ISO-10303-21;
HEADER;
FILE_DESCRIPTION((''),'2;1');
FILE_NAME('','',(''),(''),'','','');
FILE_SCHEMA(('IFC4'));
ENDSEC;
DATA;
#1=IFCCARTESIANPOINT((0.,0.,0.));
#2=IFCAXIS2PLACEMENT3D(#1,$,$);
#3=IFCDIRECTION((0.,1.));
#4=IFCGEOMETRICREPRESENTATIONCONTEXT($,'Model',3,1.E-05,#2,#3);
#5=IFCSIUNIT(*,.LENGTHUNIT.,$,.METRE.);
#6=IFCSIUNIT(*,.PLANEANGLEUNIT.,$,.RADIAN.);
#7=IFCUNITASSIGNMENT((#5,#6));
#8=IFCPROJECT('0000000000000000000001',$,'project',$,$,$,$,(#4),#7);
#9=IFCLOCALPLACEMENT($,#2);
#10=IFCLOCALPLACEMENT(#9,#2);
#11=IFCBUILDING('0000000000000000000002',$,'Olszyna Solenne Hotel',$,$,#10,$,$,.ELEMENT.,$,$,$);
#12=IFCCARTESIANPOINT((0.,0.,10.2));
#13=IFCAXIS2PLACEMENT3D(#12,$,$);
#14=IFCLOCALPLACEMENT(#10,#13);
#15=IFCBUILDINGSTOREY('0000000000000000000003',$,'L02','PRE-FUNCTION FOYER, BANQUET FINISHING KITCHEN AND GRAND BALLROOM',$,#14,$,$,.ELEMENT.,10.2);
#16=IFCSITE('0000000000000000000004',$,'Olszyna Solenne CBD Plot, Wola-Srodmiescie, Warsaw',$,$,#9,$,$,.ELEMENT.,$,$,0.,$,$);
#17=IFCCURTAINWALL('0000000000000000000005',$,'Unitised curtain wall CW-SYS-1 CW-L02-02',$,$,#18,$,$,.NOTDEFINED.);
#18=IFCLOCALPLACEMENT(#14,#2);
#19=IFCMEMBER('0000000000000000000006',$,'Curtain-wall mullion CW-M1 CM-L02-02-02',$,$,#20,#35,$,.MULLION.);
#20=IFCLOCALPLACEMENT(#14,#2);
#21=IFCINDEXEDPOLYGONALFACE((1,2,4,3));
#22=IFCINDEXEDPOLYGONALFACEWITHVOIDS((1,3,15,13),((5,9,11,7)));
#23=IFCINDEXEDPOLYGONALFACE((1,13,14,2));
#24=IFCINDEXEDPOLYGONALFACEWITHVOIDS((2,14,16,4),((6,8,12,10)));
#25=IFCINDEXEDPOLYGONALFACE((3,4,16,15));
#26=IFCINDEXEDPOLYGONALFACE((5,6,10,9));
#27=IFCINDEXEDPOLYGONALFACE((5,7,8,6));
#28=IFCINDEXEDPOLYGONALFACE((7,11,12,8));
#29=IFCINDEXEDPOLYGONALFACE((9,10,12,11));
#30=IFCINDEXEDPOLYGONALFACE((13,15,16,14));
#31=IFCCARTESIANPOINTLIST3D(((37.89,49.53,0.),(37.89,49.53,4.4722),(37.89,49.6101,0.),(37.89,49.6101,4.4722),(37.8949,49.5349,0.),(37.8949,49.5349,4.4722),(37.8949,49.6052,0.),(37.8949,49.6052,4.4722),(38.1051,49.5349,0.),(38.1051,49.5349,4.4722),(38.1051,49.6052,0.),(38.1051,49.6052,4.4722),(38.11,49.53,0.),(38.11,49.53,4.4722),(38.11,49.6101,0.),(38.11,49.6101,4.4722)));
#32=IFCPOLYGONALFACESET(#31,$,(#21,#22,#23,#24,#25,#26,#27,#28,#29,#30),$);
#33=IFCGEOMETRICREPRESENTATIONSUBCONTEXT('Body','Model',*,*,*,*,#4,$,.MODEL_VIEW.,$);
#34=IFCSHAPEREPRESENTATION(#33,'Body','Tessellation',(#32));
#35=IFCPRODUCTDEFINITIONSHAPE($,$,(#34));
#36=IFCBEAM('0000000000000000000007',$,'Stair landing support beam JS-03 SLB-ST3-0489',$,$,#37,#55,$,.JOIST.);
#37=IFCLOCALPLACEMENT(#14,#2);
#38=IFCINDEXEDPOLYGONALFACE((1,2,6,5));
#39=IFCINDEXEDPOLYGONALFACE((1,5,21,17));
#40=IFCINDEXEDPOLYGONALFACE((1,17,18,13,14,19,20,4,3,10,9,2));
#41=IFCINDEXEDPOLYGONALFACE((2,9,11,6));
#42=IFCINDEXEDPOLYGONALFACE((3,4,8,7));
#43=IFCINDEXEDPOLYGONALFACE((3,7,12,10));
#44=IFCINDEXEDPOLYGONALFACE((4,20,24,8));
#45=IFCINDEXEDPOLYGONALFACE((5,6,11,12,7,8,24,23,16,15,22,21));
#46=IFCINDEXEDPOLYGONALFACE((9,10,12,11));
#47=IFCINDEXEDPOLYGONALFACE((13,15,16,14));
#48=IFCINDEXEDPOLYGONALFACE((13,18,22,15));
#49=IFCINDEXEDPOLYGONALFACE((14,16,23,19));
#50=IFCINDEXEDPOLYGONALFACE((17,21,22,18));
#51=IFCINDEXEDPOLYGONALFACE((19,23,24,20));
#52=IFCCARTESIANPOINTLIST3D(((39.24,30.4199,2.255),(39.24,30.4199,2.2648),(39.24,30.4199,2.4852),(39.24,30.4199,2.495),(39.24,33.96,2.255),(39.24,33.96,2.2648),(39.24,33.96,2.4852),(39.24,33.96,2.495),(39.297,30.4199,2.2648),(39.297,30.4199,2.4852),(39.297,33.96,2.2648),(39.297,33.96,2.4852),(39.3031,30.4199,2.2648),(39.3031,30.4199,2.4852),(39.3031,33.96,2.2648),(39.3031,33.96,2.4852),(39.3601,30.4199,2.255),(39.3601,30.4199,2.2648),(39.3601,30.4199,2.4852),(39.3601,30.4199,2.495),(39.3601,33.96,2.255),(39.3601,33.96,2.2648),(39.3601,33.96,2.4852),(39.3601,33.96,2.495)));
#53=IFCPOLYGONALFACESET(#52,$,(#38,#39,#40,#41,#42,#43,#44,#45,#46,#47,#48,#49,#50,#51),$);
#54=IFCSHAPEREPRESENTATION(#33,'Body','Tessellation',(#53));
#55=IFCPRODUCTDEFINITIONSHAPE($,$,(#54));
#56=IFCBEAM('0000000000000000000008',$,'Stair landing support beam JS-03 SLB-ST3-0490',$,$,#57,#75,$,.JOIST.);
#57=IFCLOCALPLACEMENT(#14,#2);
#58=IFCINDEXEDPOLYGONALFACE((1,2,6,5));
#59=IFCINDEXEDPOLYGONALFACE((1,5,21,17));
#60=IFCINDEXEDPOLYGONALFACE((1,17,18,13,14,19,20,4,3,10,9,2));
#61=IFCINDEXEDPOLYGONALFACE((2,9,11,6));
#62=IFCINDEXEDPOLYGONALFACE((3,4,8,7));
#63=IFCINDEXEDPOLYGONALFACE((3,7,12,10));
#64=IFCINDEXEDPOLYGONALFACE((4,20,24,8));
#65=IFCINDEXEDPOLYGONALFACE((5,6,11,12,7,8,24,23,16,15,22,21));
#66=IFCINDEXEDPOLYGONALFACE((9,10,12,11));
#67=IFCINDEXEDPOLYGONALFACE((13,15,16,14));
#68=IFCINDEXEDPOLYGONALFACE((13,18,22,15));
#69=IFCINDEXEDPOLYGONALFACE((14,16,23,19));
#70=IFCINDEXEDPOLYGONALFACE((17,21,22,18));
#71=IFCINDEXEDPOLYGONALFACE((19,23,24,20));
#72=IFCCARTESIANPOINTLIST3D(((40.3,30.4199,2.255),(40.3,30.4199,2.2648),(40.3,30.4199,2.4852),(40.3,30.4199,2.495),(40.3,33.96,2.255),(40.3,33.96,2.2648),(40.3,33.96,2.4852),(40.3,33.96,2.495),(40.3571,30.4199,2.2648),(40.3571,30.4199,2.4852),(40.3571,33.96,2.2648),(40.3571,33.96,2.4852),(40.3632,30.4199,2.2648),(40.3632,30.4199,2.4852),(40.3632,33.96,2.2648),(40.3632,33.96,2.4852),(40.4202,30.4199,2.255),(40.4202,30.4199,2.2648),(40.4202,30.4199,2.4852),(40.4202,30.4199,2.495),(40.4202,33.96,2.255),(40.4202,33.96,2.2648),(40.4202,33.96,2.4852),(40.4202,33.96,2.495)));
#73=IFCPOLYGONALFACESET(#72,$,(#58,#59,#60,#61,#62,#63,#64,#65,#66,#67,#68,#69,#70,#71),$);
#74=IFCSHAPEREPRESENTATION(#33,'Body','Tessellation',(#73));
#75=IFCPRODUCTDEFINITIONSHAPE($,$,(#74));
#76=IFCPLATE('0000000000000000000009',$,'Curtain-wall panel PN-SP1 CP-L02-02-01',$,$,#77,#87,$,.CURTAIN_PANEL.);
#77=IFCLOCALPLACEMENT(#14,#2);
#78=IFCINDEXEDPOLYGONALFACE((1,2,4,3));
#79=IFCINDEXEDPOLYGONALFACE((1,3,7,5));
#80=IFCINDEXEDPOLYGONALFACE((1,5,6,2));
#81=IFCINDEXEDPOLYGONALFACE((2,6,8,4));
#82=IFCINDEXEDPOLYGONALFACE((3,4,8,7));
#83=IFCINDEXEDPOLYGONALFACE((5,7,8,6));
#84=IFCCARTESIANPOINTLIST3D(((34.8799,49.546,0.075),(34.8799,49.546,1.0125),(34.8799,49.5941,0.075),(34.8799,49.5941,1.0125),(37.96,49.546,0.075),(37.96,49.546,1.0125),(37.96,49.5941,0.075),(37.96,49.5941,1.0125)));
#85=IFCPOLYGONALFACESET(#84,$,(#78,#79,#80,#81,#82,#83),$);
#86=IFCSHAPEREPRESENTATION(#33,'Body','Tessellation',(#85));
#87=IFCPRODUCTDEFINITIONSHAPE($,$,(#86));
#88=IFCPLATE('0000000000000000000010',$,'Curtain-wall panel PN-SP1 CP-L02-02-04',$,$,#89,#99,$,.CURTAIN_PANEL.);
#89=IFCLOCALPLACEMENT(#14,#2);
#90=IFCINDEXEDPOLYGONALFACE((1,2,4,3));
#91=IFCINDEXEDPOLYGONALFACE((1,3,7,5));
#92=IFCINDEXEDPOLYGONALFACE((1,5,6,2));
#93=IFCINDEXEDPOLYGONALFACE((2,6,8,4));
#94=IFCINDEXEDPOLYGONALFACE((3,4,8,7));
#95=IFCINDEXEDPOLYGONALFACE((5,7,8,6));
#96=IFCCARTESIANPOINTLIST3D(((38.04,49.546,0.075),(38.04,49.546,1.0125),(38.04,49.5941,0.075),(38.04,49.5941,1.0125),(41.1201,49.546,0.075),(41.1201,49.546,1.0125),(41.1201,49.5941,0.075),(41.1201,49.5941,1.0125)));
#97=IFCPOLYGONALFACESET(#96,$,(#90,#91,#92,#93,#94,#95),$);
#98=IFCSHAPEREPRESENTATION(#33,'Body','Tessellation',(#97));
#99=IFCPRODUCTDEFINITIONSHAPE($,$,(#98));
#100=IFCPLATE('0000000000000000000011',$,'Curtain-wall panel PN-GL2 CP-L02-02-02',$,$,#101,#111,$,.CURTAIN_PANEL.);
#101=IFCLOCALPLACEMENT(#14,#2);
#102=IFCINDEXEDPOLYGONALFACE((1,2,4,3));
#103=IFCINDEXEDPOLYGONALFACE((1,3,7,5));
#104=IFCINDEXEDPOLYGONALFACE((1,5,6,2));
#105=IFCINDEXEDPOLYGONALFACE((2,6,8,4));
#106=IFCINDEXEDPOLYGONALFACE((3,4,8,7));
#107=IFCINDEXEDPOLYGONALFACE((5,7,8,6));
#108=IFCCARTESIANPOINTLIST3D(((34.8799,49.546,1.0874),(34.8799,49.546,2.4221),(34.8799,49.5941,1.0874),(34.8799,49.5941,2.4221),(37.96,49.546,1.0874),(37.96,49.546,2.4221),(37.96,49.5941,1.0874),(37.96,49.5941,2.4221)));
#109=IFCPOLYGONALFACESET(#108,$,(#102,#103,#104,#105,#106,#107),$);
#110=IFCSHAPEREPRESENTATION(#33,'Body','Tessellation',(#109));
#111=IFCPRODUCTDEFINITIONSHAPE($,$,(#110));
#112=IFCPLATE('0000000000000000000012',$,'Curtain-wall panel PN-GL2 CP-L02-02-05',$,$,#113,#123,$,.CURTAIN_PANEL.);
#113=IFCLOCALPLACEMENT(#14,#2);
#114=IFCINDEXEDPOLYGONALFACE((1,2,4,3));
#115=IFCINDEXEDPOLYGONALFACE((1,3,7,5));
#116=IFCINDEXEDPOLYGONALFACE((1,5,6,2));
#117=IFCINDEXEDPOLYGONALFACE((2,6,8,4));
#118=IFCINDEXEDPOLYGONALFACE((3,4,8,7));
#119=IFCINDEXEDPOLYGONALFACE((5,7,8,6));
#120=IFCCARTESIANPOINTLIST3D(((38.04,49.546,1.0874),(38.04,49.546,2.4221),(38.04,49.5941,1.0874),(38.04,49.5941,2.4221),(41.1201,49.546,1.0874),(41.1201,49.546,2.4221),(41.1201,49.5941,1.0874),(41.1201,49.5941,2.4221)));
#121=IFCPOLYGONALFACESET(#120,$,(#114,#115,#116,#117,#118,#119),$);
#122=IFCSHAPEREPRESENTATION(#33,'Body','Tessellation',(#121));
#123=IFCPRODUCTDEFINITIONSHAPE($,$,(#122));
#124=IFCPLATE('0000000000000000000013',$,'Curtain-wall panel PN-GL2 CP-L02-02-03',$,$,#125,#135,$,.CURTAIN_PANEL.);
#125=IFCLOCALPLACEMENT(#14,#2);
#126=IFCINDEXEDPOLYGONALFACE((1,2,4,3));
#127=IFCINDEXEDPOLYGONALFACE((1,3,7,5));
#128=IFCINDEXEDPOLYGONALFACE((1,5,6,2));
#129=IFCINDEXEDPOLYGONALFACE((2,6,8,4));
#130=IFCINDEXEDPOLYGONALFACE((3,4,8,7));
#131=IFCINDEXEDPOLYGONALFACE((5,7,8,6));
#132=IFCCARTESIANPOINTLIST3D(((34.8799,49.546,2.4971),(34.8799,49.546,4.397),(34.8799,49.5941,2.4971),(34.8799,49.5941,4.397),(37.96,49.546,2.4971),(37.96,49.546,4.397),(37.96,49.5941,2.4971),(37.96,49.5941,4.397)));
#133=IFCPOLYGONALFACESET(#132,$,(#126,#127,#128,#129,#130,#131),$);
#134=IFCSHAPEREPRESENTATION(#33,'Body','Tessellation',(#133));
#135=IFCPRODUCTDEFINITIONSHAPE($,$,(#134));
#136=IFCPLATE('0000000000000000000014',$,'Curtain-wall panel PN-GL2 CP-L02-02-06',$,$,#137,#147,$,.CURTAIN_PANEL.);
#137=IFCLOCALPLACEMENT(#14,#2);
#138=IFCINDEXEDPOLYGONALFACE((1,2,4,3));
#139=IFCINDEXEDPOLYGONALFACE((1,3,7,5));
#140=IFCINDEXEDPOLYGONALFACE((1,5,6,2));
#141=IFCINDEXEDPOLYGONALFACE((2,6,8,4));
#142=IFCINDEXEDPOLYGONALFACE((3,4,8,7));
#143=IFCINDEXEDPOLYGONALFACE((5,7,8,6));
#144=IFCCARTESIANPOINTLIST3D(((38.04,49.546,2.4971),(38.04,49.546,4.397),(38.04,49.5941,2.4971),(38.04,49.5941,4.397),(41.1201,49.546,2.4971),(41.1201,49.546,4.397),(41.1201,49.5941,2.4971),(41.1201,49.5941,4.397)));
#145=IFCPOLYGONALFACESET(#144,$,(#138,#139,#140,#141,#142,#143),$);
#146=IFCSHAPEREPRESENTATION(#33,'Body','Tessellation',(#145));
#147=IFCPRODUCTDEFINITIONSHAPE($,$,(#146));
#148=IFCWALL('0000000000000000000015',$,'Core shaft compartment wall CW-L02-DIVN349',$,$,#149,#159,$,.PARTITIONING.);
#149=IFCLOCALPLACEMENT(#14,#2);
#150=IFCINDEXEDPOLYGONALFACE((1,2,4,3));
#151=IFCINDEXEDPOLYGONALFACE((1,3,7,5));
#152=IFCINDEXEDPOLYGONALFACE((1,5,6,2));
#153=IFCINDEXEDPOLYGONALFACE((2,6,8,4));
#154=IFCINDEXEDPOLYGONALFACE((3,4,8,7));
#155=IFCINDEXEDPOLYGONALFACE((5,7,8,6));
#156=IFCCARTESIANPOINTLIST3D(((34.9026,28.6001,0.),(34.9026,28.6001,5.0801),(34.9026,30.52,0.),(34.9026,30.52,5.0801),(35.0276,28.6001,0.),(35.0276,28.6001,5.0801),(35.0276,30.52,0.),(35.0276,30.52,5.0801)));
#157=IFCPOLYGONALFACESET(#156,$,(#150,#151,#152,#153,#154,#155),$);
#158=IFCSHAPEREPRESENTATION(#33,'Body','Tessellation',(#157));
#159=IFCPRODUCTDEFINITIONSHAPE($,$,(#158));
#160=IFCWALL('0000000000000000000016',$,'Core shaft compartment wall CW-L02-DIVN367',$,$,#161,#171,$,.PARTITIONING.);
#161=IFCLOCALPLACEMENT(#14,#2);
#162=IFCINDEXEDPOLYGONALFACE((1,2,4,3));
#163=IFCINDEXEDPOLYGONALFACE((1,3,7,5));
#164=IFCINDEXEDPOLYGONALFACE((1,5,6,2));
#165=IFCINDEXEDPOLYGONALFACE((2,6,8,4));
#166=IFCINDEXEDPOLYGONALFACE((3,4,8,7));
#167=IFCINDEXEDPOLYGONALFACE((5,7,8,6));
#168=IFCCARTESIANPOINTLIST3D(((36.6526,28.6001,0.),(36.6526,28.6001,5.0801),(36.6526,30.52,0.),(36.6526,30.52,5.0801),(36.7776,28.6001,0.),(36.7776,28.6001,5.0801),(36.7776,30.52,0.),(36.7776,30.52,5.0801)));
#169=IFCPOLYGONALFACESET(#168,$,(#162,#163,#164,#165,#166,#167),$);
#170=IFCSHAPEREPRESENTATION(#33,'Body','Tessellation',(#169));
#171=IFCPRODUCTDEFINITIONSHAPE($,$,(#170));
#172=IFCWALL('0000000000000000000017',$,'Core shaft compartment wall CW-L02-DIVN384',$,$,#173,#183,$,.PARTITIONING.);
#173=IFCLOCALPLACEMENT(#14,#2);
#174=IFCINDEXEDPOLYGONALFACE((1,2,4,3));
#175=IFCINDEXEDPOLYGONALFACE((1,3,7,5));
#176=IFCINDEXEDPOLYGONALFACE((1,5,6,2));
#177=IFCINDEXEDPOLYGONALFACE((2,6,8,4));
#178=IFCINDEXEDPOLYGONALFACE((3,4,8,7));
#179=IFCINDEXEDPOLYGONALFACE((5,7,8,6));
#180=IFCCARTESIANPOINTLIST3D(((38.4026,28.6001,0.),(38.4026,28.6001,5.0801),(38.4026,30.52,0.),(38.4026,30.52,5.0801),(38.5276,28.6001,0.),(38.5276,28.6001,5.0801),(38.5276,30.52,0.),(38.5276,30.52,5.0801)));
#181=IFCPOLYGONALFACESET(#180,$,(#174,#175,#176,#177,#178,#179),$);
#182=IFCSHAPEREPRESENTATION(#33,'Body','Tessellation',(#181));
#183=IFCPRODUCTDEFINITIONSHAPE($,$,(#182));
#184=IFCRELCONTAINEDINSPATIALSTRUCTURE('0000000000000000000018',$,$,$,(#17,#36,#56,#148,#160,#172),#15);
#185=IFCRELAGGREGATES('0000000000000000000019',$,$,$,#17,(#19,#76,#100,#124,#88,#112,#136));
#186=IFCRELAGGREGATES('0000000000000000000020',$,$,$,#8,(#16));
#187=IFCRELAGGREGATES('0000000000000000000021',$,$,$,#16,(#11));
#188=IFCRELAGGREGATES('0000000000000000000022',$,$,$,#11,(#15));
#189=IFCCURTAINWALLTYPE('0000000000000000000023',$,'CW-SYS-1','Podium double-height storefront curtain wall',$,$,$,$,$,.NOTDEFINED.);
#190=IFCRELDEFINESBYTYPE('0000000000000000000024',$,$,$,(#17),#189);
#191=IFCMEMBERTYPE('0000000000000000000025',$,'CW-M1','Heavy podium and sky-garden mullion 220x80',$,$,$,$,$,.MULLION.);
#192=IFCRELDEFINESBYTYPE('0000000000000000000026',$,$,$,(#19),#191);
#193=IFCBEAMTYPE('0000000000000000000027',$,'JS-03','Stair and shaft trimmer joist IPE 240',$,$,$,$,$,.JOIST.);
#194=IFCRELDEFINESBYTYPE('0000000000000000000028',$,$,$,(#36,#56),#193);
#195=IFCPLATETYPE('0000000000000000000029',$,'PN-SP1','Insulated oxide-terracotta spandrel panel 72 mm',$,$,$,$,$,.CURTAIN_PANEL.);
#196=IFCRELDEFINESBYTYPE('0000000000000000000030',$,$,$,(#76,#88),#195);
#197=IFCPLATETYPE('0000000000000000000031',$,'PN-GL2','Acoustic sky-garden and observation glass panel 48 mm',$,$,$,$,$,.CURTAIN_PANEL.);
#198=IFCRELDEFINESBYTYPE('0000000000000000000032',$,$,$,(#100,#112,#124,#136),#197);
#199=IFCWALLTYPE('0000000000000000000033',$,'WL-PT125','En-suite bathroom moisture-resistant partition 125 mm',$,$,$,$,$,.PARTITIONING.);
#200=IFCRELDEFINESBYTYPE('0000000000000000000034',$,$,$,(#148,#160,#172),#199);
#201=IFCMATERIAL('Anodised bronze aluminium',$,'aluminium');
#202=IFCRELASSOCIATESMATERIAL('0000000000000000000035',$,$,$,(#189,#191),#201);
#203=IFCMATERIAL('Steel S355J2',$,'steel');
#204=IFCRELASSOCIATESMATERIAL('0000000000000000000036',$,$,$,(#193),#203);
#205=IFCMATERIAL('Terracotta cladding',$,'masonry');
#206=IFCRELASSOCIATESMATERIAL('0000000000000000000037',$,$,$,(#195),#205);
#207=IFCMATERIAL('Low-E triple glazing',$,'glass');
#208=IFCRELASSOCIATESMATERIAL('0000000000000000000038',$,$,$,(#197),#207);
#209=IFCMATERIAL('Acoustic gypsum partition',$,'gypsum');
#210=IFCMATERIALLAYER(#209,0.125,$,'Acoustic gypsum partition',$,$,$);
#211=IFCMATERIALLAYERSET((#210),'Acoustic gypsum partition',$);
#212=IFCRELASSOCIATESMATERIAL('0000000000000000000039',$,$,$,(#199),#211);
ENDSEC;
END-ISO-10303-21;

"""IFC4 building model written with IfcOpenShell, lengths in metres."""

from ifc_helpers import new_model, si_unit, direction, frame, frame_2d, origin, origin_2d, place, context, subcontext, project, spatial, rectangle, hollow_rectangle, i_section, extrude, source, transform, mapped, material, layer, layer_set, material_profile, profile_set, type_object, element, aggregate, save


model = new_model("IFC4")

# Units and contexts
model_context = context("Model", 3, precision=1e-05, world=origin(), true_north=direction((0.0, 1.0)))
body_context = subcontext(model_context, "Body", "Model", "MODEL_VIEW")
ifc_project = project(units=[si_unit("LENGTHUNIT", "METRE"), si_unit("PLANEANGLEUNIT", "RADIAN")], contexts=[model_context])

# Site, building, storey
site_placement = place(None, origin())
site = spatial("IfcSite", under=ifc_project, at=site_placement, Name="Olszyna Solenne CBD Plot, Wola-Srodmiescie, Warsaw", CompositionType="ELEMENT", RefElevation=0.0)
building_placement = place(site_placement, origin())
building = spatial("IfcBuilding", under=site, at=building_placement, Name="Olszyna Solenne Hotel", CompositionType="ELEMENT")
storey_placement = place(building_placement, frame((0.0, 0.0, 10.2)))
storey = spatial("IfcBuildingStorey", under=building, at=storey_placement, Name="L02", Description="PRE-FUNCTION FOYER, BANQUET FINISHING KITCHEN AND GRAND BALLROOM", CompositionType="ELEMENT", Elevation=10.2)

# Shared definitions
ifc_material_1 = material(Name="Steel S355J2", Category="steel")

# Curtain wall, member
ifc_material_2 = material(Name="Anodised bronze aluminium", Category="aluminium")
curtain_wall_type = type_object("IfcCurtainWallType", Name="CW-SYS-1", Description="Podium double-height storefront curtain wall", PredefinedType="NOTDEFINED", material=ifc_material_2)
curtain_wall_placement = place(storey_placement, origin())
curtain_wall = element("IfcCurtainWall", 1, at=curtain_wall_placement, inside=storey, type_object=curtain_wall_type, Name="Unitised curtain wall CW-SYS-1 CW-L02-02", PredefinedType="NOTDEFINED")
ifc_material_profile_1 = material_profile(ifc_material_2, hollow_rectangle(XDim=0.0801, YDim=0.22, WallThickness=0.0049, at=origin_2d()), Name="MULL 220x80x5", Category="load-bearing")
ifc_profile_set_1 = profile_set([ifc_material_profile_1], Name="Anodised bronze aluminium")
member_type_1 = type_object("IfcMemberType", Name="CW-M1", Description="Heavy podium and sky-garden mullion 220x80", PredefinedType="MULLION", material=ifc_profile_set_1)
shared_shape_1 = source(origin(), body_context, "Body", "SweptSolid", [
    extrude(hollow_rectangle(XDim=0.0801, YDim=0.22, WallThickness=0.0049, at=origin_2d()), origin(), (0.0, 0.0, 1.0), 4.4722),
])
member_1_placement = place(storey_placement, frame((38.0, 49.5701, 0.0), z_axis=(0.0, 0.0, 1.0), x_axis=(0.0, 1.0, 0.0)))
member_1 = element("IfcMember", 2, at=member_1_placement, type_object=member_type_1, Name="Curtain-wall mullion CW-M1 CM-L02-02-02", PredefinedType="MULLION", context=body_context, shape_type="MappedRepresentation", body=[
    mapped(shared_shape_1, transform((0.0, 0.0, 0.0), x_axis=(1.0, 0.0, 0.0), y_axis=(0.0, 1.0, 0.0), z_axis=(0.0, 0.0, 1.0), scale=1.0)),
])

# Beams
ifc_material_profile_2 = material_profile(ifc_material_1, i_section(OverallWidth=0.1201, OverallDepth=0.24, WebThickness=0.0061, FlangeThickness=0.0098, at=origin_2d()), Name="IPE 240", Category="load-bearing")
ifc_profile_set_2 = profile_set([ifc_material_profile_2], Name="Steel S355J2")
beam_type_1 = type_object("IfcBeamType", Name="JS-03", Description="Stair and shaft trimmer joist IPE 240", PredefinedType="JOIST", material=ifc_profile_set_2)
shared_shape_2 = source(origin(), body_context, "Body", "SweptSolid", [
    extrude(i_section(OverallWidth=0.1201, OverallDepth=0.24, WebThickness=0.0061, FlangeThickness=0.0098, at=origin_2d()), origin(), (0.0, 0.0, 1.0), 3.54),
])
for number, where, z_axis, x_axis, name in (
    (3, (39.3, 30.4199, 2.375), (0.0, 1.0, 0.0), (-1.0, 0.0, 0.0), "Stair landing support beam JS-03 SLB-ST3-0489"),
    (4, (40.3601, 30.4199, 2.375), (0.0, 1.0, 0.0), (-1.0, 0.0, 0.0), "Stair landing support beam JS-03 SLB-ST3-0490"),
):
    element("IfcBeam", number, at=place(storey_placement, frame(where, z_axis=z_axis, x_axis=x_axis)), inside=storey, type_object=beam_type_1, Name=name, PredefinedType="JOIST", context=body_context, shape_type="MappedRepresentation", body=[
        mapped(shared_shape_2, transform((0.0, 0.0, 0.0), x_axis=(1.0, 0.0, 0.0), y_axis=(0.0, 1.0, 0.0), z_axis=(0.0, 0.0, 1.0), scale=1.0)),
    ])

# Plates
ifc_material_3 = material(Name="Terracotta cladding", Category="masonry")
plate_type_1 = type_object("IfcPlateType", Name="PN-SP1", Description="Insulated oxide-terracotta spandrel panel 72 mm", PredefinedType="CURTAIN_PANEL", material=ifc_material_3)
shared_shape_3 = source(origin(), body_context, "Body", "SweptSolid", [
    extrude(rectangle(XDim=3.0801, YDim=0.0481, at=origin_2d()), origin(), (0.0, 0.0, 1.0), 0.9375),
])
plate_1_placement = place(storey_placement, frame((36.4199, 49.5701, 0.075), z_axis=(0.0, 0.0, 1.0), x_axis=(1.0, 0.0, 0.0)))
plate_1 = element("IfcPlate", 5, at=plate_1_placement, type_object=plate_type_1, Name="Curtain-wall panel PN-SP1 CP-L02-02-01", PredefinedType="CURTAIN_PANEL", context=body_context, shape_type="MappedRepresentation", body=[
    mapped(shared_shape_3, transform((0.0, 0.0, 0.0), x_axis=(1.0, 0.0, 0.0), y_axis=(0.0, 1.0, 0.0), z_axis=(0.0, 0.0, 1.0), scale=1.0)),
])
plate_2_placement = place(storey_placement, frame((39.5801, 49.5701, 0.075), z_axis=(0.0, 0.0, 1.0), x_axis=(1.0, 0.0, 0.0)))
plate_2 = element("IfcPlate", 6, at=plate_2_placement, type_object=plate_type_1, Name="Curtain-wall panel PN-SP1 CP-L02-02-04", PredefinedType="CURTAIN_PANEL", context=body_context, shape_type="MappedRepresentation", body=[
    mapped(shared_shape_3, transform((0.0, 0.0, 0.0), x_axis=(1.0, 0.0, 0.0), y_axis=(0.0, 1.0, 0.0), z_axis=(0.0, 0.0, 1.0), scale=1.0)),
])
ifc_material_4 = material(Name="Low-E triple glazing", Category="glass")
plate_type_2 = type_object("IfcPlateType", Name="PN-GL2", Description="Acoustic sky-garden and observation glass panel 48 mm", PredefinedType="CURTAIN_PANEL", material=ifc_material_4)
shared_shape_4 = source(origin(), body_context, "Body", "SweptSolid", [
    extrude(rectangle(XDim=3.0801, YDim=0.0481, at=origin_2d()), origin(), (0.0, 0.0, 1.0), 1.3347),
])
plate_3_placement = place(storey_placement, frame((36.4199, 49.5701, 1.0874), z_axis=(0.0, 0.0, 1.0), x_axis=(1.0, 0.0, 0.0)))
plate_3 = element("IfcPlate", 7, at=plate_3_placement, type_object=plate_type_2, Name="Curtain-wall panel PN-GL2 CP-L02-02-02", PredefinedType="CURTAIN_PANEL", context=body_context, shape_type="MappedRepresentation", body=[
    mapped(shared_shape_4, transform((0.0, 0.0, 0.0), x_axis=(1.0, 0.0, 0.0), y_axis=(0.0, 1.0, 0.0), z_axis=(0.0, 0.0, 1.0), scale=1.0)),
])
plate_4_placement = place(storey_placement, frame((39.5801, 49.5701, 1.0874), z_axis=(0.0, 0.0, 1.0), x_axis=(1.0, 0.0, 0.0)))
plate_4 = element("IfcPlate", 8, at=plate_4_placement, type_object=plate_type_2, Name="Curtain-wall panel PN-GL2 CP-L02-02-05", PredefinedType="CURTAIN_PANEL", context=body_context, shape_type="MappedRepresentation", body=[
    mapped(shared_shape_4, transform((0.0, 0.0, 0.0), x_axis=(1.0, 0.0, 0.0), y_axis=(0.0, 1.0, 0.0), z_axis=(0.0, 0.0, 1.0), scale=1.0)),
])
shared_shape_5 = source(origin(), body_context, "Body", "SweptSolid", [
    extrude(rectangle(XDim=3.0801, YDim=0.0481, at=origin_2d()), origin(), (0.0, 0.0, 1.0), 1.8999),
])
plate_5_placement = place(storey_placement, frame((36.4199, 49.5701, 2.4971), z_axis=(0.0, 0.0, 1.0), x_axis=(1.0, 0.0, 0.0)))
plate_5 = element("IfcPlate", 9, at=plate_5_placement, type_object=plate_type_2, Name="Curtain-wall panel PN-GL2 CP-L02-02-03", PredefinedType="CURTAIN_PANEL", context=body_context, shape_type="MappedRepresentation", body=[
    mapped(shared_shape_5, transform((0.0, 0.0, 0.0), x_axis=(1.0, 0.0, 0.0), y_axis=(0.0, 1.0, 0.0), z_axis=(0.0, 0.0, 1.0), scale=1.0)),
])
plate_6_placement = place(storey_placement, frame((39.5801, 49.5701, 2.4971), z_axis=(0.0, 0.0, 1.0), x_axis=(1.0, 0.0, 0.0)))
plate_6 = element("IfcPlate", 10, at=plate_6_placement, type_object=plate_type_2, Name="Curtain-wall panel PN-GL2 CP-L02-02-06", PredefinedType="CURTAIN_PANEL", context=body_context, shape_type="MappedRepresentation", body=[
    mapped(shared_shape_5, transform((0.0, 0.0, 0.0), x_axis=(1.0, 0.0, 0.0), y_axis=(0.0, 1.0, 0.0), z_axis=(0.0, 0.0, 1.0), scale=1.0)),
])
aggregate(curtain_wall, [member_1, plate_1, plate_3, plate_5, plate_2, plate_4, plate_6])

# Walls
ifc_material_5 = material(Name="Acoustic gypsum partition", Category="gypsum")
ifc_layer = layer(ifc_material_5, 0.125, Name="Acoustic gypsum partition")
ifc_layer_set = layer_set([ifc_layer], Name="Acoustic gypsum partition")
wall_type = type_object("IfcWallType", Name="WL-PT125", Description="En-suite bathroom moisture-resistant partition 125 mm", PredefinedType="PARTITIONING", material=ifc_layer_set)
for number, where, z_axis, x_axis, name in (
    (11, (34.9651, 28.6001, 0.0), (0.0, 0.0, 1.0), (0.0, 1.0, 0.0), "Core shaft compartment wall CW-L02-DIVN349"),
    (12, (36.7151, 28.6001, 0.0), (0.0, 0.0, 1.0), (0.0, 1.0, 0.0), "Core shaft compartment wall CW-L02-DIVN367"),
    (13, (38.4651, 28.6001, 0.0), (0.0, 0.0, 1.0), (0.0, 1.0, 0.0), "Core shaft compartment wall CW-L02-DIVN384"),
):
    element("IfcWall", number, at=place(storey_placement, frame(where, z_axis=z_axis, x_axis=x_axis)), inside=storey, type_object=wall_type, Name=name, PredefinedType="PARTITIONING", context=body_context, shape_type="SweptSolid", body=[
        extrude(rectangle(XDim=1.9199, YDim=0.125, at=frame_2d((0.96, 0.0))), origin(), (0.0, 0.0, 1.0), 5.0801),
    ])

save(model, "model.ifc")
